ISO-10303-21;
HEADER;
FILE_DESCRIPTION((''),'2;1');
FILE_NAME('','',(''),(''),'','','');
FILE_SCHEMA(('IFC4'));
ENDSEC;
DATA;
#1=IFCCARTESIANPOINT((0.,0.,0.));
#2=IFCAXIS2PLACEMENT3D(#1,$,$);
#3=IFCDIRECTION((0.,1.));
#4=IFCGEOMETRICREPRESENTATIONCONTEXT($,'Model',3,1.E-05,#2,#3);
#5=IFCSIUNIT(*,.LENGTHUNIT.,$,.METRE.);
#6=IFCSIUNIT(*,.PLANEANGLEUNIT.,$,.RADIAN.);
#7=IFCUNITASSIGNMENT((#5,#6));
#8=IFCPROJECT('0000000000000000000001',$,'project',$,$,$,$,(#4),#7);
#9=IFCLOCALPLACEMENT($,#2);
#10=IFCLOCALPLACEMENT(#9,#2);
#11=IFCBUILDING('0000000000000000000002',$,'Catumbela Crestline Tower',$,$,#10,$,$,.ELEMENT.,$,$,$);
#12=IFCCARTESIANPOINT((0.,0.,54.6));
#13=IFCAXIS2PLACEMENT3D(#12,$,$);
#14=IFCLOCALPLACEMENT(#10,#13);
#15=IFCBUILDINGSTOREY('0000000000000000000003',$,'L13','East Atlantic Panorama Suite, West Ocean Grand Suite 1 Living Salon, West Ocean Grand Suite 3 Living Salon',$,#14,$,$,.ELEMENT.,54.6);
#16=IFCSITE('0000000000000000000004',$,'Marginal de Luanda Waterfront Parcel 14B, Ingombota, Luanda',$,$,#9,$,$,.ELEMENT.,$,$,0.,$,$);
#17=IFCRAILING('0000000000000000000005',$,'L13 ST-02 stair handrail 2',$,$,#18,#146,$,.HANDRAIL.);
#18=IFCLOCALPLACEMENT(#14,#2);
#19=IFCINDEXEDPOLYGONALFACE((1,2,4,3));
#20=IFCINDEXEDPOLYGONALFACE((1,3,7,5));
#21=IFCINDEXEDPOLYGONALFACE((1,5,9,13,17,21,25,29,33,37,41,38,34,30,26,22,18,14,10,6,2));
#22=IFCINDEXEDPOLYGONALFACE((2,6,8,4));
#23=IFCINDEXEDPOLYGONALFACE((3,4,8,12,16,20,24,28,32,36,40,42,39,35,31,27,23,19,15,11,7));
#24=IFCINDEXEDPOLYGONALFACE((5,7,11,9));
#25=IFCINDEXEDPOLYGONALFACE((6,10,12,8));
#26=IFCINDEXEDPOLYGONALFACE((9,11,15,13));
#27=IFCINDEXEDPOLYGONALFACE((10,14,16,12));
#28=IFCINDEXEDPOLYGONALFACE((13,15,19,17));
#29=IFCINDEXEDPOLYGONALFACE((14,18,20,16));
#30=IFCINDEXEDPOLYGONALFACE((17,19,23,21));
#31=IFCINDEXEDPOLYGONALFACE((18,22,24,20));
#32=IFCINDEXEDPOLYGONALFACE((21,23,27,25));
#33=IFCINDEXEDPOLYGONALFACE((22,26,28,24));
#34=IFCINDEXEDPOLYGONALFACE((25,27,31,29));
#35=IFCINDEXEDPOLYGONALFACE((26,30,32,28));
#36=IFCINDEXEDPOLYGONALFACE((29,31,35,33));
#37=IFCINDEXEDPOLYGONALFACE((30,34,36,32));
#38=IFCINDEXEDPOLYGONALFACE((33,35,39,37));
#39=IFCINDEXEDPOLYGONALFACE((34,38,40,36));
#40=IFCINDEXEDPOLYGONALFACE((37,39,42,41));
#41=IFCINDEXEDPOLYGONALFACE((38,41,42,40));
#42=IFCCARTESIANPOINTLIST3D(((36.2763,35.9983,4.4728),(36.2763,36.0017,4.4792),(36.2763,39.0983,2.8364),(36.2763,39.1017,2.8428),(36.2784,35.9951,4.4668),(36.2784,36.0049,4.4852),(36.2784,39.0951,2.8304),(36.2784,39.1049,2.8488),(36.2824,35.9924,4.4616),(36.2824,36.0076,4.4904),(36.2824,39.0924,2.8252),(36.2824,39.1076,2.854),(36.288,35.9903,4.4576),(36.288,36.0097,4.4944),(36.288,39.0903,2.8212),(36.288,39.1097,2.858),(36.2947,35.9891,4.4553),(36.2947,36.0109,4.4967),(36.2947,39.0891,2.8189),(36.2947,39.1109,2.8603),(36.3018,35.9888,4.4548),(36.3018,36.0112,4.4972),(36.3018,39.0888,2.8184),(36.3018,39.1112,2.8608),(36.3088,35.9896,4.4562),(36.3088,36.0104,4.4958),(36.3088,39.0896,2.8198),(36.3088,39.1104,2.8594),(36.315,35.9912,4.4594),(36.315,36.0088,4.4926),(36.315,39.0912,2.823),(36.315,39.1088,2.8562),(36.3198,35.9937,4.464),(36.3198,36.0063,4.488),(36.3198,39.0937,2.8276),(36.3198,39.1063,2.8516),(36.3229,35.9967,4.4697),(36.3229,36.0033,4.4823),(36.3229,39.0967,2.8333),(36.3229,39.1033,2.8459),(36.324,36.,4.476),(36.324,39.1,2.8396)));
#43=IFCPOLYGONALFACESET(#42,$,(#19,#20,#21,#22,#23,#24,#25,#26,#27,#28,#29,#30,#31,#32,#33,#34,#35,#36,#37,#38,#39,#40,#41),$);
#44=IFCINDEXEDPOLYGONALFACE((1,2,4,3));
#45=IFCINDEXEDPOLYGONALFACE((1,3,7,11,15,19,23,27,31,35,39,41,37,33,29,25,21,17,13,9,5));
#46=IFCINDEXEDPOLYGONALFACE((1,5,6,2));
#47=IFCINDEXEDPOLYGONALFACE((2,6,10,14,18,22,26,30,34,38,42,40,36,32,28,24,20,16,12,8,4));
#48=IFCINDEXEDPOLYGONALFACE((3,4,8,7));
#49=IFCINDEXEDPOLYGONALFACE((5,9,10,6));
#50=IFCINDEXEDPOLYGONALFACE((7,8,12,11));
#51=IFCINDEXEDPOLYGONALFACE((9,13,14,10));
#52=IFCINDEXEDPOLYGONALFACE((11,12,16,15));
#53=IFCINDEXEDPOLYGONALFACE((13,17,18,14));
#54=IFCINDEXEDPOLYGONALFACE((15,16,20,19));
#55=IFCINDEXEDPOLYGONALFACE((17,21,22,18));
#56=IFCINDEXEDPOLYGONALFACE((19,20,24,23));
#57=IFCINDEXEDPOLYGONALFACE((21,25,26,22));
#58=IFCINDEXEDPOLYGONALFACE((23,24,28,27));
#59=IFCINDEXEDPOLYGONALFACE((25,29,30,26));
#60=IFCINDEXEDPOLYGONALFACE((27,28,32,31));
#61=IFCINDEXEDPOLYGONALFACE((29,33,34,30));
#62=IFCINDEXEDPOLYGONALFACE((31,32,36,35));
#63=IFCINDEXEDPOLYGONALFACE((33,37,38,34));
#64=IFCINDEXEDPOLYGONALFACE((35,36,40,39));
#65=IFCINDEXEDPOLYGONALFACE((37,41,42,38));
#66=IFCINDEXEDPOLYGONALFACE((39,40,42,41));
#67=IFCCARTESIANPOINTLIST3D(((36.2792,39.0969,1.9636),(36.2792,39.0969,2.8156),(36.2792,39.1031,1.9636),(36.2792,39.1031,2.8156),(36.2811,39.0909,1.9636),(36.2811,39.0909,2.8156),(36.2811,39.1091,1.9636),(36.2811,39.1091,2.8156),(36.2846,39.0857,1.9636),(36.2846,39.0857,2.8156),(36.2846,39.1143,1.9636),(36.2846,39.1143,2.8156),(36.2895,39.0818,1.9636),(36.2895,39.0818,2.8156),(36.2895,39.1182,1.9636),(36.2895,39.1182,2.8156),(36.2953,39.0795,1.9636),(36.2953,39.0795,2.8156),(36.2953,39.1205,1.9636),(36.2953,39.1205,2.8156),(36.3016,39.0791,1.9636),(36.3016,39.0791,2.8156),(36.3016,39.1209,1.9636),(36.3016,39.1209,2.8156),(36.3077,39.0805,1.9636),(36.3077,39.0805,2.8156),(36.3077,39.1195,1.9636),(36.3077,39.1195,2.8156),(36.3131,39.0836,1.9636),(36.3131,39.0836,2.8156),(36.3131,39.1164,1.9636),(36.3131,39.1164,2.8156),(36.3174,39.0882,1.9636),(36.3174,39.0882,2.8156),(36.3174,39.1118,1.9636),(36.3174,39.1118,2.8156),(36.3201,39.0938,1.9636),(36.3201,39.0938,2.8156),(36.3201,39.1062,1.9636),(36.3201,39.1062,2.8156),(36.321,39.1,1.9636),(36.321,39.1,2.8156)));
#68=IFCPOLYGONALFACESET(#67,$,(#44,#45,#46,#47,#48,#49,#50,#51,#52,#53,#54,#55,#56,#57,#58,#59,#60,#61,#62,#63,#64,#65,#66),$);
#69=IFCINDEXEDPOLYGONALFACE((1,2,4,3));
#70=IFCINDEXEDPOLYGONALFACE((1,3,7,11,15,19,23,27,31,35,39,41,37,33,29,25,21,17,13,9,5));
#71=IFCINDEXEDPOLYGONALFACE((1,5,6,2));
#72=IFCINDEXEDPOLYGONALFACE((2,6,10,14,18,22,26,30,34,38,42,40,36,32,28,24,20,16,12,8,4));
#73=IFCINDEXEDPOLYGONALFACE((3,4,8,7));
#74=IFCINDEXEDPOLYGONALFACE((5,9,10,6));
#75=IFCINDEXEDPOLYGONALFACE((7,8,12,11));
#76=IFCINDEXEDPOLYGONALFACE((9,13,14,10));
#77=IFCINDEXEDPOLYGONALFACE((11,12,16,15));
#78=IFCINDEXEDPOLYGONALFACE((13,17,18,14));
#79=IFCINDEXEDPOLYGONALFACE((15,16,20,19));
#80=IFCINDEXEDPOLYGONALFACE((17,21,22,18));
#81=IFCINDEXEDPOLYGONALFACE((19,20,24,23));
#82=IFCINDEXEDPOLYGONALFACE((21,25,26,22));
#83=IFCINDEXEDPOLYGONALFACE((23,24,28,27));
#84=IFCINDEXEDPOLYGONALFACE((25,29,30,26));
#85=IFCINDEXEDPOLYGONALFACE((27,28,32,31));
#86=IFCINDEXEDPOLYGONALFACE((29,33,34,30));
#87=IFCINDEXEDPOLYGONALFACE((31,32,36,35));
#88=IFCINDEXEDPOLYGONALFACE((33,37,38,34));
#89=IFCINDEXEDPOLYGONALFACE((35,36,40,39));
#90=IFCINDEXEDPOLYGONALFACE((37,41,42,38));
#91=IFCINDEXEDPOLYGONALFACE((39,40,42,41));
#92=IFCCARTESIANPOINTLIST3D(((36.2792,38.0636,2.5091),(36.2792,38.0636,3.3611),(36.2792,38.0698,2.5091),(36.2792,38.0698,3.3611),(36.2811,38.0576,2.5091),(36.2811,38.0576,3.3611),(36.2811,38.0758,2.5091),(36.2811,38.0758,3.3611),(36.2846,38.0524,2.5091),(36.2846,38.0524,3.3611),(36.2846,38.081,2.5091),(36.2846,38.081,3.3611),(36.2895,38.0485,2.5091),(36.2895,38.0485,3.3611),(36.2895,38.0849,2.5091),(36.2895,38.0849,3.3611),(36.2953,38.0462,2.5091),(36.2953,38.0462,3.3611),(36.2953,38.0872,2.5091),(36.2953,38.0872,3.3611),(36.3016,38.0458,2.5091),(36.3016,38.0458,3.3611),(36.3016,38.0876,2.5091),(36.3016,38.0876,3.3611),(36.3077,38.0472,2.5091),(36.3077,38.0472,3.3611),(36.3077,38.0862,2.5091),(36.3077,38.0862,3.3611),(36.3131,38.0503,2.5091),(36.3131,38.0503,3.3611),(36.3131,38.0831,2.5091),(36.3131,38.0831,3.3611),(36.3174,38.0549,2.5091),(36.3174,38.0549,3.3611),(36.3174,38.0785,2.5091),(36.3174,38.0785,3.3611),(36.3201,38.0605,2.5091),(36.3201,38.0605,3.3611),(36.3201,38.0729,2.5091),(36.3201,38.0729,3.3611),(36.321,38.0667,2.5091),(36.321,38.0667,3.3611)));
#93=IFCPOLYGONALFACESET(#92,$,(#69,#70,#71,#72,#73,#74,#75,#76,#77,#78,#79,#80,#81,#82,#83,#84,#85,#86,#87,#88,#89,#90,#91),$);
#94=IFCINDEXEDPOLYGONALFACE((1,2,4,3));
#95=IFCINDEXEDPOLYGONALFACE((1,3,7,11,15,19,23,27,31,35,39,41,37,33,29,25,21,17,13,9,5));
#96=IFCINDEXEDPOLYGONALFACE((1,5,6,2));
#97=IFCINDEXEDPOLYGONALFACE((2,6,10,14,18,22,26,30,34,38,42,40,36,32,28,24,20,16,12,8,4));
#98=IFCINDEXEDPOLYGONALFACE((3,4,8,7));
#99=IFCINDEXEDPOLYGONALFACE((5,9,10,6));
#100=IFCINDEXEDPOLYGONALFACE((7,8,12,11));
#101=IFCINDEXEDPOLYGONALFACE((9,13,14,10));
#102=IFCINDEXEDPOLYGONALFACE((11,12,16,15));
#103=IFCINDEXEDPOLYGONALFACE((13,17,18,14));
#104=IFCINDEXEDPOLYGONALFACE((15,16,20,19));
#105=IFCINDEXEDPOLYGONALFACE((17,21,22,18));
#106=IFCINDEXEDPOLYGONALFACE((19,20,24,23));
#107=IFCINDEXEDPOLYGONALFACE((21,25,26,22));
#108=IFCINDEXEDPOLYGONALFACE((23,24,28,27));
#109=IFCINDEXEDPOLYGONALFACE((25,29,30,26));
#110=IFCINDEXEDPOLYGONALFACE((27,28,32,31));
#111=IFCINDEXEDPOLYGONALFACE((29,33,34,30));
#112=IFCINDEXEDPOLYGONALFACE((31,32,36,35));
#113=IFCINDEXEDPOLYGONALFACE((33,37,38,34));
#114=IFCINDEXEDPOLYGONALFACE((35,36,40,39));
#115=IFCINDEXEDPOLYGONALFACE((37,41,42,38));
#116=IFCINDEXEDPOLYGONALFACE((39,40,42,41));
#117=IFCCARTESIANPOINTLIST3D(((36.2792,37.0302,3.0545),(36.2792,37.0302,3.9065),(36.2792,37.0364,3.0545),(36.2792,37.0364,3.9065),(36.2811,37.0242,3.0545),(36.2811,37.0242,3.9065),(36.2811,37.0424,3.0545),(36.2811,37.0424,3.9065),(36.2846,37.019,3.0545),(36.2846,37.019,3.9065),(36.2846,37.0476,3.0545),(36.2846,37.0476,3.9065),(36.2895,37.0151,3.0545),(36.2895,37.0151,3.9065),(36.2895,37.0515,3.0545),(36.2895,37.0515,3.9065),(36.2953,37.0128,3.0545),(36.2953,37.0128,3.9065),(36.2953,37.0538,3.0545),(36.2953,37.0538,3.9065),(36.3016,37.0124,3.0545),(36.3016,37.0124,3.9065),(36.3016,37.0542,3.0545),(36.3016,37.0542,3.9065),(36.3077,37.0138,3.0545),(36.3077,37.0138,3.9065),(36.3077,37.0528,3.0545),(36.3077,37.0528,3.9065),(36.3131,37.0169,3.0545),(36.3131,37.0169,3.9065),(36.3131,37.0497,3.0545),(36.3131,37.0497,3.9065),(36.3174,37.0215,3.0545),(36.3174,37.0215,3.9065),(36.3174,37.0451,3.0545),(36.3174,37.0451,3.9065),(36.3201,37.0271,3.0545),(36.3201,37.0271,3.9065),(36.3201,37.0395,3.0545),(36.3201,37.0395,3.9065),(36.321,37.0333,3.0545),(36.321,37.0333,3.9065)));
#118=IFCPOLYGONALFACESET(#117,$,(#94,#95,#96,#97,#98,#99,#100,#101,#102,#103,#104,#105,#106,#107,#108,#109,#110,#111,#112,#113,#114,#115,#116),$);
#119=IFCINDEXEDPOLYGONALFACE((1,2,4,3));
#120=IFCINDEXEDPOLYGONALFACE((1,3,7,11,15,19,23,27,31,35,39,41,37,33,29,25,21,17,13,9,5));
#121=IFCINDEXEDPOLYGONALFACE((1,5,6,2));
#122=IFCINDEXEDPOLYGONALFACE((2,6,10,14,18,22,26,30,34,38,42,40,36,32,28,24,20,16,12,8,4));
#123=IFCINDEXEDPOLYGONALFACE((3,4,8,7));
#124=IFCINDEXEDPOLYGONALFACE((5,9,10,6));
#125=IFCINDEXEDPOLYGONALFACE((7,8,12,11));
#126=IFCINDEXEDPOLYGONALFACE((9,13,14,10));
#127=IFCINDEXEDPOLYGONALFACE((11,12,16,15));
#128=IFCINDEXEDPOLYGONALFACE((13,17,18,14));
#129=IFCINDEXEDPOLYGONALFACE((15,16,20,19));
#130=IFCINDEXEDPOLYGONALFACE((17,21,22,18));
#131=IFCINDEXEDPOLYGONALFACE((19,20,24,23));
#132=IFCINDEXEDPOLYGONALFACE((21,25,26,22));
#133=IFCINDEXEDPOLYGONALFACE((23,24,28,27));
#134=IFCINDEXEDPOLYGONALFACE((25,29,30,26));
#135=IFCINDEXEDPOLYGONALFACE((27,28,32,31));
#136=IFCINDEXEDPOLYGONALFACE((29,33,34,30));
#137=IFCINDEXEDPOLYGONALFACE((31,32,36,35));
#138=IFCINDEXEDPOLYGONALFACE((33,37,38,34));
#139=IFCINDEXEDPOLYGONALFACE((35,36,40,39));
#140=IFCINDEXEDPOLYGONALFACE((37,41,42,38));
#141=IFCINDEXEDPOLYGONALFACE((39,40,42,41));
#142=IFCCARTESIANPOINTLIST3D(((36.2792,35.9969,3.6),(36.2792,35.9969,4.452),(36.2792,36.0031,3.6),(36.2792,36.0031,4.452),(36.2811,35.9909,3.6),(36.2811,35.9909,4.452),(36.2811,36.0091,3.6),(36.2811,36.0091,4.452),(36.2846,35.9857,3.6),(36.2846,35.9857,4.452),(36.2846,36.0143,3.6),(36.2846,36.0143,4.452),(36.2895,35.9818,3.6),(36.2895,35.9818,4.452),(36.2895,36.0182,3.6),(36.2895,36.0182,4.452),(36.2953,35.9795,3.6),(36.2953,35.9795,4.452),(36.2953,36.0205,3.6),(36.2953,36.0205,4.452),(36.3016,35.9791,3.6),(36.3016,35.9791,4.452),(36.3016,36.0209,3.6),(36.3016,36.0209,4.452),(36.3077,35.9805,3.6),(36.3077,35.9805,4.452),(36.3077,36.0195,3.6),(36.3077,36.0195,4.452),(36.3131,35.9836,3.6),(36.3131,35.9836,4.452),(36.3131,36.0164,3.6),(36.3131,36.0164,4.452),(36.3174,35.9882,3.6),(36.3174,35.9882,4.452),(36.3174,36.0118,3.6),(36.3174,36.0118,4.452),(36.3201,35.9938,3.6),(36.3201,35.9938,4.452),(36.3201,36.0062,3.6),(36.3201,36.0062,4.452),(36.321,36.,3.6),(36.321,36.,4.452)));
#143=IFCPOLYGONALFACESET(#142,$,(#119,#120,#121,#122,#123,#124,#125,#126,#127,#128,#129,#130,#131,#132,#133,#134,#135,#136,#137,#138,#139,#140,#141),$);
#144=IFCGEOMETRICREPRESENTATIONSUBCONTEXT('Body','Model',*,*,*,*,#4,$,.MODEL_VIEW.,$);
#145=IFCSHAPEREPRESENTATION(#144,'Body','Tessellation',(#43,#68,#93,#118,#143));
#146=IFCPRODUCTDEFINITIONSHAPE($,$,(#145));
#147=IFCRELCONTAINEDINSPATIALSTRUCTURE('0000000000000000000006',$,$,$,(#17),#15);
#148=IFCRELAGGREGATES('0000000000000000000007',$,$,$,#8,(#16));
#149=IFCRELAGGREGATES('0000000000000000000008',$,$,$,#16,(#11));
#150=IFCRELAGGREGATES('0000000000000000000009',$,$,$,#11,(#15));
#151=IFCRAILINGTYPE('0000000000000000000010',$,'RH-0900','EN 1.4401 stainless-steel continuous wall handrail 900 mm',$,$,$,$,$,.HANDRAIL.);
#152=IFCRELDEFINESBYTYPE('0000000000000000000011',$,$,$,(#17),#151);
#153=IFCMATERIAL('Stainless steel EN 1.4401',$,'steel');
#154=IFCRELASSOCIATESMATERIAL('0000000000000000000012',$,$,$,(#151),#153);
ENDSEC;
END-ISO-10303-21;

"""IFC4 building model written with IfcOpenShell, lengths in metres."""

from ifc_helpers import new_model, si_unit, direction, frame, origin, origin_2d, place, context, subcontext, project, spatial, circle, extrude, material, type_object, element, save


model = new_model("IFC4")

# Units and contexts
model_context = context("Model", 3, precision=1e-05, world=origin(), true_north=direction((0.0, 1.0)))
body_context = subcontext(model_context, "Body", "Model", "MODEL_VIEW")
ifc_project = project(units=[si_unit("LENGTHUNIT", "METRE"), si_unit("PLANEANGLEUNIT", "RADIAN")], contexts=[model_context])

# Site, building, storey
site_placement = place(None, origin())
site = spatial("IfcSite", under=ifc_project, at=site_placement, Name="Marginal de Luanda Waterfront Parcel 14B, Ingombota, Luanda", CompositionType="ELEMENT", RefElevation=0.0)
building_placement = place(site_placement, origin())
building = spatial("IfcBuilding", under=site, at=building_placement, Name="Catumbela Crestline Tower", CompositionType="ELEMENT")
storey_placement = place(building_placement, frame((0.0, 0.0, 54.6)))
storey = spatial("IfcBuildingStorey", under=building, at=storey_placement, Name="L13", Description="East Atlantic Panorama Suite, West Ocean Grand Suite 1 Living Salon, West Ocean Grand Suite 3 Living Salon", CompositionType="ELEMENT", Elevation=54.6)

# Shared definitions
ifc_material_1 = material(Name="Stainless steel EN 1.4401", Category="steel")

# Railing
railing_type_1 = type_object("IfcRailingType", Name="RH-0900", Description="EN 1.4401 stainless-steel continuous wall handrail 900 mm", PredefinedType="HANDRAIL", material=ifc_material_1)
railing_1_placement = place(storey_placement, frame((36.3, 39.1, 1.9636)))
element("IfcRailing", 1, at=railing_1_placement, inside=storey, type_object=railing_type_1, Name="L13 ST-02 stair handrail 2", PredefinedType="HANDRAIL", context=body_context, shape_type="SweptSolid", body=[
    extrude(circle(Radius=0.024, at=origin_2d()), frame((0.0, 0.0, 0.876), z_axis=(0.0, -0.884351, 0.466823), x_axis=(1.0, 0.0, 0.0)), (0.0, 0.0, 1.0), 3.5054),
    extrude(circle(Radius=0.021, at=origin_2d()), origin(), (0.0, 0.0, 1.0), 0.852),
    extrude(circle(Radius=0.021, at=origin_2d()), frame((0.0, -1.0333, 0.5455)), (0.0, 0.0, 1.0), 0.852),
    extrude(circle(Radius=0.021, at=origin_2d()), frame((0.0, -2.0667, 1.0909)), (0.0, 0.0, 1.0), 0.852),
    extrude(circle(Radius=0.021, at=origin_2d()), frame((0.0, -3.1, 1.6364)), (0.0, 0.0, 1.0), 0.852),
])

save(model, "model.ifc")
